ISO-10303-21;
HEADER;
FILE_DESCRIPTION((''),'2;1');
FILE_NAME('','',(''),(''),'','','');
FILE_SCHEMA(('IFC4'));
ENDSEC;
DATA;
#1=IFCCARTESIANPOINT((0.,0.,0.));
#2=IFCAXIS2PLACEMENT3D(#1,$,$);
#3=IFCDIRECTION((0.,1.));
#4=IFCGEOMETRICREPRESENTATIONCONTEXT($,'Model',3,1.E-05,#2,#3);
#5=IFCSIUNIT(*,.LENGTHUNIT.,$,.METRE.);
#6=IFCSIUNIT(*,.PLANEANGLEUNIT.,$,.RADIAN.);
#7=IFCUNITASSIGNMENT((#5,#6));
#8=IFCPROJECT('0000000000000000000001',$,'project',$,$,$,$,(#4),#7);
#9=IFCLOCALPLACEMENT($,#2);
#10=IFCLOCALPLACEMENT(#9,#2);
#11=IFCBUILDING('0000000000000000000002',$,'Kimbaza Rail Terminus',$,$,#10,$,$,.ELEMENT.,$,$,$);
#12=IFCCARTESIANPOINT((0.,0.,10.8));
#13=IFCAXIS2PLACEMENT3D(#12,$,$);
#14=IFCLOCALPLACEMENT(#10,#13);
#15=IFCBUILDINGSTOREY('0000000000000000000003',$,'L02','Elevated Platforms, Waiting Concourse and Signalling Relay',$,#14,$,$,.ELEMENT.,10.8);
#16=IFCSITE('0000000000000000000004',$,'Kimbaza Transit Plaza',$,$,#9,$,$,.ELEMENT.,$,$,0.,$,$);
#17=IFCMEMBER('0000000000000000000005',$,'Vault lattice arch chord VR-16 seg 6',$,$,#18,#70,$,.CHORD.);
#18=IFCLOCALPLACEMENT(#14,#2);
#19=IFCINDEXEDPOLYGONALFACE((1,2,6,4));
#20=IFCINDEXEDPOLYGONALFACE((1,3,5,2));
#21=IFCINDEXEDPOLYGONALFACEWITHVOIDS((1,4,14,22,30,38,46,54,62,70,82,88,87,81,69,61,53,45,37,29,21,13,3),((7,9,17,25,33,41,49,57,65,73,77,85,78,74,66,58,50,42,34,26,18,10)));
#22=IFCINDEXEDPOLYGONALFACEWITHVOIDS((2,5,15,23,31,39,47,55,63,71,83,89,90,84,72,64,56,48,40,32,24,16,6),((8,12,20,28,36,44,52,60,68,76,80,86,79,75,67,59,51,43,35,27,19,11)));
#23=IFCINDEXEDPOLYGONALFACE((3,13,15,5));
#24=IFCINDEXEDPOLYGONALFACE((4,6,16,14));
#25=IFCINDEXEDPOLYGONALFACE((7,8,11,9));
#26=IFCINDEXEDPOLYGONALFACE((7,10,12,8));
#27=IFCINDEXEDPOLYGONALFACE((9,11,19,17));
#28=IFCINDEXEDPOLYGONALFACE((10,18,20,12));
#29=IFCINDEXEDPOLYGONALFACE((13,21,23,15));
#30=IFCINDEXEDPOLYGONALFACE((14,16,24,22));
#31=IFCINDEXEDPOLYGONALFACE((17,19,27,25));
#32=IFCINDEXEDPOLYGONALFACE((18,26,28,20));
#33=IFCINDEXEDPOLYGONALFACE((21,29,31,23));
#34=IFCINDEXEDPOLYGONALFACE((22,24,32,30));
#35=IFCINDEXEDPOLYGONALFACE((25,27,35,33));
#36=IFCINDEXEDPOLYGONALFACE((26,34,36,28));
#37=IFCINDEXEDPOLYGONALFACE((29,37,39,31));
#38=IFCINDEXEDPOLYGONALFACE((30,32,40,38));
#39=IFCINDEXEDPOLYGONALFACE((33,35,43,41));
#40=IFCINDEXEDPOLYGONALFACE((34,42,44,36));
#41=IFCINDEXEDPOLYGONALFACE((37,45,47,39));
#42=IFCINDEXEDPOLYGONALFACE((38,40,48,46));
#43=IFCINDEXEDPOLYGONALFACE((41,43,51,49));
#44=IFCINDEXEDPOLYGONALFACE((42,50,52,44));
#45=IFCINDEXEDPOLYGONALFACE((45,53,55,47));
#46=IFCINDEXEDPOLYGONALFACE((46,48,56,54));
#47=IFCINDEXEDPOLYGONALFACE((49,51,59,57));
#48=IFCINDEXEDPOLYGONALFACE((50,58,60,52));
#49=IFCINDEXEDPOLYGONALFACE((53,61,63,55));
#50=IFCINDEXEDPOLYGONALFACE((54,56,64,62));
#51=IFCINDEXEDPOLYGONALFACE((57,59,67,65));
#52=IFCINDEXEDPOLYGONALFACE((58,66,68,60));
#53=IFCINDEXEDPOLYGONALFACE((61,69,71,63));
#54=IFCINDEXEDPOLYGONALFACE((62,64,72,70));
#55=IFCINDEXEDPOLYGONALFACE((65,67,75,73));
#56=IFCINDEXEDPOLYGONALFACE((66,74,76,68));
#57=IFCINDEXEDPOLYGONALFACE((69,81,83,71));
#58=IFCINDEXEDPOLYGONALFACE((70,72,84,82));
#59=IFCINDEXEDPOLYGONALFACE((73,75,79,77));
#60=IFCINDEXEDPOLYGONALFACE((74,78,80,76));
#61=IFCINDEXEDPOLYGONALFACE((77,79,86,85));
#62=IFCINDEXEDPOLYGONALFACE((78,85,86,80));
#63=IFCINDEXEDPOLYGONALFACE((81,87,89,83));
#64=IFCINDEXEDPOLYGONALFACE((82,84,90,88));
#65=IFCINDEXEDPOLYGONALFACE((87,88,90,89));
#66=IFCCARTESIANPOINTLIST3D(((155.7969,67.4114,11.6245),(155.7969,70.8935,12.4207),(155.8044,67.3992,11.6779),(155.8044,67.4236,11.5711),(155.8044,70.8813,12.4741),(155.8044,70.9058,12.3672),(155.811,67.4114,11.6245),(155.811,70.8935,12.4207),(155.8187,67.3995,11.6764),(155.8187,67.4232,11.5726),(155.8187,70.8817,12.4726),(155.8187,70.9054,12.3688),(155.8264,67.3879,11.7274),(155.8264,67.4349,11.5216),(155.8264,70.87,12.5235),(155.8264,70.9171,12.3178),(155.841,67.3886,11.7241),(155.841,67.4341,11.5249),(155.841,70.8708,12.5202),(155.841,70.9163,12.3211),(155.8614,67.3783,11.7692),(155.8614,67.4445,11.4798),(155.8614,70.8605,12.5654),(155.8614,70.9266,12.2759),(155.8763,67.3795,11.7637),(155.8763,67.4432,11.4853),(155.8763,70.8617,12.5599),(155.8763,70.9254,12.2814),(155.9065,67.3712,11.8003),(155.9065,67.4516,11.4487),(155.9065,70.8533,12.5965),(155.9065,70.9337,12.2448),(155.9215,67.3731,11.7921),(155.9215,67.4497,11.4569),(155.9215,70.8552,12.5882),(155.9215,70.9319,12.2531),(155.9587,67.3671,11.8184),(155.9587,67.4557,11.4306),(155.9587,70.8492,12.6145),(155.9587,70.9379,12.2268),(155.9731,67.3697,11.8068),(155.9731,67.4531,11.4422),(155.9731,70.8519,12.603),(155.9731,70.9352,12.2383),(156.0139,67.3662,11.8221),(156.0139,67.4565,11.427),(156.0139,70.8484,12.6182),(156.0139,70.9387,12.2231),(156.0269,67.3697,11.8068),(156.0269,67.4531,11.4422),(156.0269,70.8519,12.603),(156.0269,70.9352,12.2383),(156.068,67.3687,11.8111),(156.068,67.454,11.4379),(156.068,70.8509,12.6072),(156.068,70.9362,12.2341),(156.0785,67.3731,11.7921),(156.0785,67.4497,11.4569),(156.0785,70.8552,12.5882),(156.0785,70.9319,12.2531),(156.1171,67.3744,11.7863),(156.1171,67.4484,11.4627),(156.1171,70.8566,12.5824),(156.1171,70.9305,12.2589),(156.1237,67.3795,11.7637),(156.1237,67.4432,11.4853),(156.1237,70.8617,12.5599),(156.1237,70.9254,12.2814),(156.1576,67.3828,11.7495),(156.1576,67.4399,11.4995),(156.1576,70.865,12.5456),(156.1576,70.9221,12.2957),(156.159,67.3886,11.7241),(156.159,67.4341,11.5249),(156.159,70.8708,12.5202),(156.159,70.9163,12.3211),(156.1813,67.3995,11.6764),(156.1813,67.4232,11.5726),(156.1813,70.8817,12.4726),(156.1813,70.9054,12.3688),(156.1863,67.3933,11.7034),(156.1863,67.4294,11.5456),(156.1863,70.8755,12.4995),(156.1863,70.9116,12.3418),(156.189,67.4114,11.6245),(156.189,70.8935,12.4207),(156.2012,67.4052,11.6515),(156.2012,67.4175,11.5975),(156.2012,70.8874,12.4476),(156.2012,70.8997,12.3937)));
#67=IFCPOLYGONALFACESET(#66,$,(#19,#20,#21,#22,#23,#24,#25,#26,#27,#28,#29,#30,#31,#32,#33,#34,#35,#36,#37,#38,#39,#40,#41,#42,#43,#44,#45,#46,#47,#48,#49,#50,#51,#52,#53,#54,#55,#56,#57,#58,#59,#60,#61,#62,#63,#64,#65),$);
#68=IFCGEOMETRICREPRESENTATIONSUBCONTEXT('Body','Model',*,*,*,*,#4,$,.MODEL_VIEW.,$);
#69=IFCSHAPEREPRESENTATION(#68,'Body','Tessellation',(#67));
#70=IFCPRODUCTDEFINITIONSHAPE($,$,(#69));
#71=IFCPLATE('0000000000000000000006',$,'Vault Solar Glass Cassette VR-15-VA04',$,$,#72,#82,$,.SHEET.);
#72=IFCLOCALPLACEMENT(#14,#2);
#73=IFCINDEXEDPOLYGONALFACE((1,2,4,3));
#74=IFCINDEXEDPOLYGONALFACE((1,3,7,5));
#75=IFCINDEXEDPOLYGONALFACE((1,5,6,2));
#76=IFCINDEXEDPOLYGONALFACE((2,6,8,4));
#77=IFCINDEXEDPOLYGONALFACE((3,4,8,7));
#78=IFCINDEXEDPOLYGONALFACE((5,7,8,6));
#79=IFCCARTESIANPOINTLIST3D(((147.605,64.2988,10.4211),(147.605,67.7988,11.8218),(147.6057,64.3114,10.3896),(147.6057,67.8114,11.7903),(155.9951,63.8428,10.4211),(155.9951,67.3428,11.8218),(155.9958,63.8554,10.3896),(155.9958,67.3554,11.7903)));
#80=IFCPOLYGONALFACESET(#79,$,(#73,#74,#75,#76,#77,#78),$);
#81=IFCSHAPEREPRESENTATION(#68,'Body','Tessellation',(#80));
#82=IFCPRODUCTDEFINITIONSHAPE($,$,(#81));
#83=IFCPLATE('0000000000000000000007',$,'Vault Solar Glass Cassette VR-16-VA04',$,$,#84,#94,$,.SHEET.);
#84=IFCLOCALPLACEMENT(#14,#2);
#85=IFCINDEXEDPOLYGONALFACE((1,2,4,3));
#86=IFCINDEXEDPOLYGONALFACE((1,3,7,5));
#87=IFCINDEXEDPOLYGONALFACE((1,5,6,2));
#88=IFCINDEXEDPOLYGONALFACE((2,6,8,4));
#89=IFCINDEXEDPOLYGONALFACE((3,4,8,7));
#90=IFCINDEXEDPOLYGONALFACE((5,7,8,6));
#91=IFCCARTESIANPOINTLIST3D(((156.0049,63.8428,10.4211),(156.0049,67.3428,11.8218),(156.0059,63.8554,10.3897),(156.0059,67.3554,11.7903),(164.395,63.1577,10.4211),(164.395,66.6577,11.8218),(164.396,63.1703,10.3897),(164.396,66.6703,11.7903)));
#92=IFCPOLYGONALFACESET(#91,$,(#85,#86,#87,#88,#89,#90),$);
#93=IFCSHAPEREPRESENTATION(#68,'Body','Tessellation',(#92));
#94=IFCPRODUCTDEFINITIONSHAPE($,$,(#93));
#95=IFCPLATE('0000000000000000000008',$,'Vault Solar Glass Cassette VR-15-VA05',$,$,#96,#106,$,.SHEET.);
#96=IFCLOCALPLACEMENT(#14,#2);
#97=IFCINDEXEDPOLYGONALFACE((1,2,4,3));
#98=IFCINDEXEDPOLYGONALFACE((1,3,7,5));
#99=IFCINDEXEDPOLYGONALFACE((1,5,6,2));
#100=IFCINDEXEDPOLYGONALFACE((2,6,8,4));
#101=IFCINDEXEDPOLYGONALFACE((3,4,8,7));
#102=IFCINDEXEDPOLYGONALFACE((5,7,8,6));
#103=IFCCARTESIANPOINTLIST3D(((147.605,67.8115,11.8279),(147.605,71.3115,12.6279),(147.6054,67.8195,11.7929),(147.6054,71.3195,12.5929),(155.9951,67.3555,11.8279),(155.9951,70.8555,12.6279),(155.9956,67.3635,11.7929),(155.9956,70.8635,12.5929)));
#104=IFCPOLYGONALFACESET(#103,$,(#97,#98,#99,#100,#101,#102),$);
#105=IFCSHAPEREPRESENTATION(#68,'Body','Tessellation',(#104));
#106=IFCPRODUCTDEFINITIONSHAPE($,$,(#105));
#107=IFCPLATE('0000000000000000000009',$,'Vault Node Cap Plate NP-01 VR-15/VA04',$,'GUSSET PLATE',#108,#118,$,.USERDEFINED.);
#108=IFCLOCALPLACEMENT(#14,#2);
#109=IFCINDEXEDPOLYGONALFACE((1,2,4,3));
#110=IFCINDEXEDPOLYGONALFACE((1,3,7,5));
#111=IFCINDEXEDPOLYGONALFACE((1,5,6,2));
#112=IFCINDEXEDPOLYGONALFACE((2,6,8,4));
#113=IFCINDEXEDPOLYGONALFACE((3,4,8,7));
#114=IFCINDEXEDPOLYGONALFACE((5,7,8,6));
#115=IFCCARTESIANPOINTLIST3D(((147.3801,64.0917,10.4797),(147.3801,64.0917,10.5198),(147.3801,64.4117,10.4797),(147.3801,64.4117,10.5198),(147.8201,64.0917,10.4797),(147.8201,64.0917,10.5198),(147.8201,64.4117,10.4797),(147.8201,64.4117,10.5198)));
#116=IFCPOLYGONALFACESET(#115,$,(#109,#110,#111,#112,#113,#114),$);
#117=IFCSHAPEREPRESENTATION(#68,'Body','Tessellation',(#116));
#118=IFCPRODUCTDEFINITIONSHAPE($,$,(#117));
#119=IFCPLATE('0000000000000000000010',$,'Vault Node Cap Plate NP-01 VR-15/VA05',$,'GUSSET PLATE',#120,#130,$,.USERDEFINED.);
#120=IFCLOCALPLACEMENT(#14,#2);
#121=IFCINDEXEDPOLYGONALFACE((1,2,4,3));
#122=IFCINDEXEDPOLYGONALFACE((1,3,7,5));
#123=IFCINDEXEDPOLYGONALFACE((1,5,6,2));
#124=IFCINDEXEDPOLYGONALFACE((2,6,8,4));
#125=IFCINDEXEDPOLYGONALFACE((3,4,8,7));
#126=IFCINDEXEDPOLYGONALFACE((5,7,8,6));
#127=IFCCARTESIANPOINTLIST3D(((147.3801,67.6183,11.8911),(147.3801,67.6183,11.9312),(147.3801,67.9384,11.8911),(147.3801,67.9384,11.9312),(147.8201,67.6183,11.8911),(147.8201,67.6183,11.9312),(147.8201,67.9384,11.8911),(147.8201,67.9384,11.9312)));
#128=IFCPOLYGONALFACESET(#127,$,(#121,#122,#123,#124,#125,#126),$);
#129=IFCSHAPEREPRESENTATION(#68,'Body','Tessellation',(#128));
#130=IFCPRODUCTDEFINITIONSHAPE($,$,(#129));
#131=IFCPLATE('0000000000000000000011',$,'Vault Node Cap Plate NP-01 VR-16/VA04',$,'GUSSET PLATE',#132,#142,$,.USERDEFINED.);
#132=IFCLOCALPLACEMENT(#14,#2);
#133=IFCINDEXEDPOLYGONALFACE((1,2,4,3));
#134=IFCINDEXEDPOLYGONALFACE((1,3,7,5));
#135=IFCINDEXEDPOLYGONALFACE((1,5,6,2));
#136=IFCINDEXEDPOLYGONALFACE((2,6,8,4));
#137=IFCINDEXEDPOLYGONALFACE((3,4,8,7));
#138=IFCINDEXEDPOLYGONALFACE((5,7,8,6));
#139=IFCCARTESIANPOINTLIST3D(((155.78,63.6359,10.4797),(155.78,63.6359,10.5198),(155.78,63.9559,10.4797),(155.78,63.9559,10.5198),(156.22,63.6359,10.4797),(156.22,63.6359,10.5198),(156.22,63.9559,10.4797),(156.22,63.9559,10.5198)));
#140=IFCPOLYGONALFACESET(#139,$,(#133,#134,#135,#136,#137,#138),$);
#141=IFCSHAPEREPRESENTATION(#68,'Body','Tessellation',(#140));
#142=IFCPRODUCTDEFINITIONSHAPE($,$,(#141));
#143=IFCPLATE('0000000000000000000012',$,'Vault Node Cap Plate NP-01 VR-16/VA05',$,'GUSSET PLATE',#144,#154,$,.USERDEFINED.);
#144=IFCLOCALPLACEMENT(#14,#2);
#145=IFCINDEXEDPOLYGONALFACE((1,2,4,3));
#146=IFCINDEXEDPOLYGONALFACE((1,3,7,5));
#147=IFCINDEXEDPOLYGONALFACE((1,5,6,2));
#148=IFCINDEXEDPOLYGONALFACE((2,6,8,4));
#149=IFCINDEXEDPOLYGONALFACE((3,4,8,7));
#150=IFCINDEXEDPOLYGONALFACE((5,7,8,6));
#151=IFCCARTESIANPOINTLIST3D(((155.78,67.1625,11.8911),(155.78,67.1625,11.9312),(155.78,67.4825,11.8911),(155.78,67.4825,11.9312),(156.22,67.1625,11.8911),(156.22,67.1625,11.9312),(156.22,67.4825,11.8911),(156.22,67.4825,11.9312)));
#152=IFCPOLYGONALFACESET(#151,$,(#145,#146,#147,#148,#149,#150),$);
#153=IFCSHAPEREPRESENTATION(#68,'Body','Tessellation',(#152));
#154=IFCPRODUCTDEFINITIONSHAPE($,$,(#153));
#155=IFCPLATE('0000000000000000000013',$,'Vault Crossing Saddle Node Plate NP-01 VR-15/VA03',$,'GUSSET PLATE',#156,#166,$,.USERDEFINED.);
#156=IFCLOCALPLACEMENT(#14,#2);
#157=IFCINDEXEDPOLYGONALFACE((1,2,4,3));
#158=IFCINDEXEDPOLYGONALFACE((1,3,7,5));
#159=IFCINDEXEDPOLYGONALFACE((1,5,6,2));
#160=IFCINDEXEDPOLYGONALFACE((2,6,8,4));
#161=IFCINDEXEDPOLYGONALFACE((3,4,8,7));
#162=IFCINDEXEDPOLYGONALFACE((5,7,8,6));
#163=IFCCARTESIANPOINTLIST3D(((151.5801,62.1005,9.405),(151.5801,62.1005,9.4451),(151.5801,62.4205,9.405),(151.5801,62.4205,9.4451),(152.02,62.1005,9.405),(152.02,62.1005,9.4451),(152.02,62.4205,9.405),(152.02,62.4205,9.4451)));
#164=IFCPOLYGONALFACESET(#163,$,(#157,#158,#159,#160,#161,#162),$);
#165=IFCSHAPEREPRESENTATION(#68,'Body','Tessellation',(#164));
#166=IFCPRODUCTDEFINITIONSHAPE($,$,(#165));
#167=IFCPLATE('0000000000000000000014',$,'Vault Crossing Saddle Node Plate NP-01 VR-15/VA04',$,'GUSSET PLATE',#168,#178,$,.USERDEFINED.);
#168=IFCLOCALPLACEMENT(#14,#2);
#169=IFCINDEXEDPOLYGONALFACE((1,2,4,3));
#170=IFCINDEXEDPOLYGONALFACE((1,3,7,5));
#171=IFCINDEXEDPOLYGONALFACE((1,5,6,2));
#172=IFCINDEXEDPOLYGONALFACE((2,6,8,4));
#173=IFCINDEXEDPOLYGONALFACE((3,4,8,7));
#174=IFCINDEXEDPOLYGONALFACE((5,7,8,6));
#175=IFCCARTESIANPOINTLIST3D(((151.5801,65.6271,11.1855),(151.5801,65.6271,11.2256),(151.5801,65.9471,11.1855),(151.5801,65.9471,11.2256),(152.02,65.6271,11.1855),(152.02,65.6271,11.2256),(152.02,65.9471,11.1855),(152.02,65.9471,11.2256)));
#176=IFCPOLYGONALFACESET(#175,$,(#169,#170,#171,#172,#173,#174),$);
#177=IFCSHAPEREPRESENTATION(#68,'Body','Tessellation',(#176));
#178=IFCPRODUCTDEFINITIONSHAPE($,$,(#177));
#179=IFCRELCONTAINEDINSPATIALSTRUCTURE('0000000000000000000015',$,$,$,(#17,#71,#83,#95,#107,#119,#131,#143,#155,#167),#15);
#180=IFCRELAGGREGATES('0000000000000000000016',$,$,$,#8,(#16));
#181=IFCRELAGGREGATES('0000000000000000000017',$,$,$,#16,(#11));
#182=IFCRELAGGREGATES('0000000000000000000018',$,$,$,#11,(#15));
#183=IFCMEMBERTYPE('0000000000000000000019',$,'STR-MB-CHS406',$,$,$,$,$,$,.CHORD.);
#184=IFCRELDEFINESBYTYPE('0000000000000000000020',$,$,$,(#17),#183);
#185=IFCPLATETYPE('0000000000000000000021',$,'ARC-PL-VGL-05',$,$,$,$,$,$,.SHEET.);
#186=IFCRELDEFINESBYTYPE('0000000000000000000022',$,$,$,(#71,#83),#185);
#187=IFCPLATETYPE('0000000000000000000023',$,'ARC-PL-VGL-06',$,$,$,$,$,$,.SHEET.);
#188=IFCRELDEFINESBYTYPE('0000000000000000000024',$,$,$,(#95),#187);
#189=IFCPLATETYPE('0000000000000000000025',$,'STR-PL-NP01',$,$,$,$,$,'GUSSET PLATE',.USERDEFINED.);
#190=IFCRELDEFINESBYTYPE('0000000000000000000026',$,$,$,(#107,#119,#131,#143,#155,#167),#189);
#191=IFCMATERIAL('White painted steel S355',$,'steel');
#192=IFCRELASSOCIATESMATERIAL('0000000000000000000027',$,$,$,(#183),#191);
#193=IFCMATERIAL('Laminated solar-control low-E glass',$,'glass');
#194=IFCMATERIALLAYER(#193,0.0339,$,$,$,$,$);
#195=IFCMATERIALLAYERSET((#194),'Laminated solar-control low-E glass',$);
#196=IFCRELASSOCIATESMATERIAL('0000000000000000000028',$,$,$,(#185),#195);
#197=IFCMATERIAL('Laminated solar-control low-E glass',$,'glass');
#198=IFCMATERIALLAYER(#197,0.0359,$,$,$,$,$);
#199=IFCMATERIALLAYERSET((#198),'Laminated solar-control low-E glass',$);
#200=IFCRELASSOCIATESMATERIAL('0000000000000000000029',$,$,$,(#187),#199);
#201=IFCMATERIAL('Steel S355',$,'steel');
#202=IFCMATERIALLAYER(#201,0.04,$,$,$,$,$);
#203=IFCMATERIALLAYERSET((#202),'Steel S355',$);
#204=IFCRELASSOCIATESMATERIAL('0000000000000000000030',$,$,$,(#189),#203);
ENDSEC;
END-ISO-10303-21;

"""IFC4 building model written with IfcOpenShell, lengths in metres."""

from ifc_helpers import new_model, si_unit, direction, frame, origin, origin_2d, place, context, subcontext, project, spatial, polyline, rectangle, hollow_circle, outline, extrude, material, layer, layer_set, material_profile, profile_set, type_object, element, save


model = new_model("IFC4")

# Units and contexts
model_context = context("Model", 3, precision=1e-05, world=origin(), true_north=direction((0.0, 1.0)))
body_context = subcontext(model_context, "Body", "Model", "MODEL_VIEW")
ifc_project = project(units=[si_unit("LENGTHUNIT", "METRE"), si_unit("PLANEANGLEUNIT", "RADIAN")], contexts=[model_context])

# Site, building, storey
site_placement = place(None, origin())
site = spatial("IfcSite", under=ifc_project, at=site_placement, Name="Kimbaza Transit Plaza", CompositionType="ELEMENT", RefElevation=0.0)
building_placement = place(site_placement, origin())
building = spatial("IfcBuilding", under=site, at=building_placement, Name="Kimbaza Rail Terminus", CompositionType="ELEMENT")
storey_placement = place(building_placement, frame((0.0, 0.0, 10.8)))
storey = spatial("IfcBuildingStorey", under=building, at=storey_placement, Name="L02", Description="Elevated Platforms, Waiting Concourse and Signalling Relay", CompositionType="ELEMENT", Elevation=10.8)

# Member
ifc_material_1 = material(Name="White painted steel S355", Category="steel")
ifc_material_profile_1 = material_profile(ifc_material_1, hollow_circle(Radius=0.2031, WallThickness=0.0142, at=origin_2d()), Name="CHS 406.4x14.2")
ifc_profile_set_1 = profile_set([ifc_material_profile_1], Name="White painted steel S355")
member_type_1 = type_object("IfcMemberType", Name="STR-MB-CHS406", PredefinedType="CHORD", material=ifc_profile_set_1)
member_1_placement = place(storey_placement, frame((156.0, 67.4114, 11.6245), z_axis=(0.0, 0.974845, 0.222882), x_axis=(-1.0, 0.0, 0.0)))
element("IfcMember", 1, at=member_1_placement, inside=storey, type_object=member_type_1, Name="Vault lattice arch chord VR-16 seg 6", PredefinedType="CHORD", context=body_context, shape_type="SweptSolid", body=[
    extrude(hollow_circle(Radius=0.2031, WallThickness=0.0142, at=origin_2d()), origin(), (0.0, 0.0, 1.0), 3.572),
])

# Plates
ifc_material_2 = material(Name="Laminated solar-control low-E glass", Category="glass")
ifc_layer_1 = layer(ifc_material_2, 0.0339)
ifc_layer_set_1 = layer_set([ifc_layer_1], Name="Laminated solar-control low-E glass")
plate_type_1 = type_object("IfcPlateType", Name="ARC-PL-VGL-05", PredefinedType="SHEET", material=ifc_layer_set_1)
plate_1_placement = place(storey_placement, frame((147.605, 64.2988, 10.4211), z_axis=(-0.020191, -0.37146, 0.928229), x_axis=(0.998526, -0.054276, 0.0)))
element("IfcPlate", 2, at=plate_1_placement, inside=storey, type_object=plate_type_1, Name="Vault Solar Glass Cassette VR-15-VA04", PredefinedType="SHEET", context=body_context, shape_type="SweptSolid", body=[
    extrude(outline(polyline([(0.0, 0.0), (8.4025, 0.0), (8.2126, 3.7651), (-0.19, 3.7651), (0.0, 0.0)])), origin(), (0.0, 0.0, -1.0), 0.0339),
])
plate_2_placement = place(storey_placement, frame((156.0049, 63.8428, 10.4211), z_axis=(-0.030322, -0.371365, 0.927992), x_axis=(0.996683, -0.08138, 0.0)))
element("IfcPlate", 3, at=plate_2_placement, inside=storey, type_object=plate_type_1, Name="Vault Solar Glass Cassette VR-16-VA04", PredefinedType="SHEET", context=body_context, shape_type="SweptSolid", body=[
    extrude(outline(polyline([(0.0, 0.0), (8.4181, 0.0), (8.1332, 3.7591), (-0.2848, 3.7591), (0.0, 0.0)])), origin(), (0.0, 0.0, -1.0), 0.0339),
])
ifc_material_3 = material(Name="Laminated solar-control low-E glass", Category="glass")
ifc_layer_2 = layer(ifc_material_3, 0.0359)
ifc_layer_set_2 = layer_set([ifc_layer_2], Name="Laminated solar-control low-E glass")
plate_type_2 = type_object("IfcPlateType", Name="ARC-PL-VGL-06", PredefinedType="SHEET", material=ifc_layer_set_2)
plate_3_placement = place(storey_placement, frame((147.605, 67.8115, 11.8279), z_axis=(-0.012112, -0.222821, 0.974784), x_axis=(0.998526, -0.054276, 0.0)))
element("IfcPlate", 4, at=plate_3_placement, inside=storey, type_object=plate_type_2, Name="Vault Solar Glass Cassette VR-15-VA05", PredefinedType="SHEET", context=body_context, shape_type="SweptSolid", body=[
    extrude(outline(polyline([(0.0, 0.0), (8.4025, 0.0), (8.2126, 3.5852), (-0.19, 3.5852), (0.0, 0.0)])), origin(), (0.0, 0.0, -1.0), 0.0359),
])
ifc_material_4 = material(Name="Steel S355", Category="steel")
ifc_layer_3 = layer(ifc_material_4, 0.04)
ifc_layer_set_3 = layer_set([ifc_layer_3], Name="Steel S355")
plate_type_3 = type_object("IfcPlateType", Name="STR-PL-NP01", ElementType="GUSSET PLATE", PredefinedType="USERDEFINED", material=ifc_layer_set_3)
for number, where, z_axis, x_axis, name in (
    (5, (147.6001, 64.2517, 10.4797), (0.0, 0.0, 1.0), (1.0, 0.0, 0.0), "Vault Node Cap Plate NP-01 VR-15/VA04"),
    (6, (147.6001, 67.7783, 11.8911), (0.0, 0.0, 1.0), (1.0, 0.0, 0.0), "Vault Node Cap Plate NP-01 VR-15/VA05"),
    (7, (156.0, 63.7959, 10.4797), (0.0, 0.0, 1.0), (1.0, 0.0, 0.0), "Vault Node Cap Plate NP-01 VR-16/VA04"),
    (8, (156.0, 67.3225, 11.8911), (0.0, 0.0, 1.0), (1.0, 0.0, 0.0), "Vault Node Cap Plate NP-01 VR-16/VA05"),
    (9, (151.8, 62.2605, 9.405), (0.0, 0.0, 1.0), (1.0, 0.0, 0.0), "Vault Crossing Saddle Node Plate NP-01 VR-15/VA03"),
    (10, (151.8, 65.7871, 11.1855), (0.0, 0.0, 1.0), (1.0, 0.0, 0.0), "Vault Crossing Saddle Node Plate NP-01 VR-15/VA04"),
):
    element("IfcPlate", number, at=place(storey_placement, frame(where, z_axis=z_axis, x_axis=x_axis)), inside=storey, type_object=plate_type_3, Name=name, ObjectType="GUSSET PLATE", PredefinedType="USERDEFINED", context=body_context, shape_type="SweptSolid", body=[
        extrude(rectangle(XDim=0.4399, YDim=0.3201, at=origin_2d()), origin(), (0.0, 0.0, 1.0), 0.04),
    ])

save(model, "model.ifc")
